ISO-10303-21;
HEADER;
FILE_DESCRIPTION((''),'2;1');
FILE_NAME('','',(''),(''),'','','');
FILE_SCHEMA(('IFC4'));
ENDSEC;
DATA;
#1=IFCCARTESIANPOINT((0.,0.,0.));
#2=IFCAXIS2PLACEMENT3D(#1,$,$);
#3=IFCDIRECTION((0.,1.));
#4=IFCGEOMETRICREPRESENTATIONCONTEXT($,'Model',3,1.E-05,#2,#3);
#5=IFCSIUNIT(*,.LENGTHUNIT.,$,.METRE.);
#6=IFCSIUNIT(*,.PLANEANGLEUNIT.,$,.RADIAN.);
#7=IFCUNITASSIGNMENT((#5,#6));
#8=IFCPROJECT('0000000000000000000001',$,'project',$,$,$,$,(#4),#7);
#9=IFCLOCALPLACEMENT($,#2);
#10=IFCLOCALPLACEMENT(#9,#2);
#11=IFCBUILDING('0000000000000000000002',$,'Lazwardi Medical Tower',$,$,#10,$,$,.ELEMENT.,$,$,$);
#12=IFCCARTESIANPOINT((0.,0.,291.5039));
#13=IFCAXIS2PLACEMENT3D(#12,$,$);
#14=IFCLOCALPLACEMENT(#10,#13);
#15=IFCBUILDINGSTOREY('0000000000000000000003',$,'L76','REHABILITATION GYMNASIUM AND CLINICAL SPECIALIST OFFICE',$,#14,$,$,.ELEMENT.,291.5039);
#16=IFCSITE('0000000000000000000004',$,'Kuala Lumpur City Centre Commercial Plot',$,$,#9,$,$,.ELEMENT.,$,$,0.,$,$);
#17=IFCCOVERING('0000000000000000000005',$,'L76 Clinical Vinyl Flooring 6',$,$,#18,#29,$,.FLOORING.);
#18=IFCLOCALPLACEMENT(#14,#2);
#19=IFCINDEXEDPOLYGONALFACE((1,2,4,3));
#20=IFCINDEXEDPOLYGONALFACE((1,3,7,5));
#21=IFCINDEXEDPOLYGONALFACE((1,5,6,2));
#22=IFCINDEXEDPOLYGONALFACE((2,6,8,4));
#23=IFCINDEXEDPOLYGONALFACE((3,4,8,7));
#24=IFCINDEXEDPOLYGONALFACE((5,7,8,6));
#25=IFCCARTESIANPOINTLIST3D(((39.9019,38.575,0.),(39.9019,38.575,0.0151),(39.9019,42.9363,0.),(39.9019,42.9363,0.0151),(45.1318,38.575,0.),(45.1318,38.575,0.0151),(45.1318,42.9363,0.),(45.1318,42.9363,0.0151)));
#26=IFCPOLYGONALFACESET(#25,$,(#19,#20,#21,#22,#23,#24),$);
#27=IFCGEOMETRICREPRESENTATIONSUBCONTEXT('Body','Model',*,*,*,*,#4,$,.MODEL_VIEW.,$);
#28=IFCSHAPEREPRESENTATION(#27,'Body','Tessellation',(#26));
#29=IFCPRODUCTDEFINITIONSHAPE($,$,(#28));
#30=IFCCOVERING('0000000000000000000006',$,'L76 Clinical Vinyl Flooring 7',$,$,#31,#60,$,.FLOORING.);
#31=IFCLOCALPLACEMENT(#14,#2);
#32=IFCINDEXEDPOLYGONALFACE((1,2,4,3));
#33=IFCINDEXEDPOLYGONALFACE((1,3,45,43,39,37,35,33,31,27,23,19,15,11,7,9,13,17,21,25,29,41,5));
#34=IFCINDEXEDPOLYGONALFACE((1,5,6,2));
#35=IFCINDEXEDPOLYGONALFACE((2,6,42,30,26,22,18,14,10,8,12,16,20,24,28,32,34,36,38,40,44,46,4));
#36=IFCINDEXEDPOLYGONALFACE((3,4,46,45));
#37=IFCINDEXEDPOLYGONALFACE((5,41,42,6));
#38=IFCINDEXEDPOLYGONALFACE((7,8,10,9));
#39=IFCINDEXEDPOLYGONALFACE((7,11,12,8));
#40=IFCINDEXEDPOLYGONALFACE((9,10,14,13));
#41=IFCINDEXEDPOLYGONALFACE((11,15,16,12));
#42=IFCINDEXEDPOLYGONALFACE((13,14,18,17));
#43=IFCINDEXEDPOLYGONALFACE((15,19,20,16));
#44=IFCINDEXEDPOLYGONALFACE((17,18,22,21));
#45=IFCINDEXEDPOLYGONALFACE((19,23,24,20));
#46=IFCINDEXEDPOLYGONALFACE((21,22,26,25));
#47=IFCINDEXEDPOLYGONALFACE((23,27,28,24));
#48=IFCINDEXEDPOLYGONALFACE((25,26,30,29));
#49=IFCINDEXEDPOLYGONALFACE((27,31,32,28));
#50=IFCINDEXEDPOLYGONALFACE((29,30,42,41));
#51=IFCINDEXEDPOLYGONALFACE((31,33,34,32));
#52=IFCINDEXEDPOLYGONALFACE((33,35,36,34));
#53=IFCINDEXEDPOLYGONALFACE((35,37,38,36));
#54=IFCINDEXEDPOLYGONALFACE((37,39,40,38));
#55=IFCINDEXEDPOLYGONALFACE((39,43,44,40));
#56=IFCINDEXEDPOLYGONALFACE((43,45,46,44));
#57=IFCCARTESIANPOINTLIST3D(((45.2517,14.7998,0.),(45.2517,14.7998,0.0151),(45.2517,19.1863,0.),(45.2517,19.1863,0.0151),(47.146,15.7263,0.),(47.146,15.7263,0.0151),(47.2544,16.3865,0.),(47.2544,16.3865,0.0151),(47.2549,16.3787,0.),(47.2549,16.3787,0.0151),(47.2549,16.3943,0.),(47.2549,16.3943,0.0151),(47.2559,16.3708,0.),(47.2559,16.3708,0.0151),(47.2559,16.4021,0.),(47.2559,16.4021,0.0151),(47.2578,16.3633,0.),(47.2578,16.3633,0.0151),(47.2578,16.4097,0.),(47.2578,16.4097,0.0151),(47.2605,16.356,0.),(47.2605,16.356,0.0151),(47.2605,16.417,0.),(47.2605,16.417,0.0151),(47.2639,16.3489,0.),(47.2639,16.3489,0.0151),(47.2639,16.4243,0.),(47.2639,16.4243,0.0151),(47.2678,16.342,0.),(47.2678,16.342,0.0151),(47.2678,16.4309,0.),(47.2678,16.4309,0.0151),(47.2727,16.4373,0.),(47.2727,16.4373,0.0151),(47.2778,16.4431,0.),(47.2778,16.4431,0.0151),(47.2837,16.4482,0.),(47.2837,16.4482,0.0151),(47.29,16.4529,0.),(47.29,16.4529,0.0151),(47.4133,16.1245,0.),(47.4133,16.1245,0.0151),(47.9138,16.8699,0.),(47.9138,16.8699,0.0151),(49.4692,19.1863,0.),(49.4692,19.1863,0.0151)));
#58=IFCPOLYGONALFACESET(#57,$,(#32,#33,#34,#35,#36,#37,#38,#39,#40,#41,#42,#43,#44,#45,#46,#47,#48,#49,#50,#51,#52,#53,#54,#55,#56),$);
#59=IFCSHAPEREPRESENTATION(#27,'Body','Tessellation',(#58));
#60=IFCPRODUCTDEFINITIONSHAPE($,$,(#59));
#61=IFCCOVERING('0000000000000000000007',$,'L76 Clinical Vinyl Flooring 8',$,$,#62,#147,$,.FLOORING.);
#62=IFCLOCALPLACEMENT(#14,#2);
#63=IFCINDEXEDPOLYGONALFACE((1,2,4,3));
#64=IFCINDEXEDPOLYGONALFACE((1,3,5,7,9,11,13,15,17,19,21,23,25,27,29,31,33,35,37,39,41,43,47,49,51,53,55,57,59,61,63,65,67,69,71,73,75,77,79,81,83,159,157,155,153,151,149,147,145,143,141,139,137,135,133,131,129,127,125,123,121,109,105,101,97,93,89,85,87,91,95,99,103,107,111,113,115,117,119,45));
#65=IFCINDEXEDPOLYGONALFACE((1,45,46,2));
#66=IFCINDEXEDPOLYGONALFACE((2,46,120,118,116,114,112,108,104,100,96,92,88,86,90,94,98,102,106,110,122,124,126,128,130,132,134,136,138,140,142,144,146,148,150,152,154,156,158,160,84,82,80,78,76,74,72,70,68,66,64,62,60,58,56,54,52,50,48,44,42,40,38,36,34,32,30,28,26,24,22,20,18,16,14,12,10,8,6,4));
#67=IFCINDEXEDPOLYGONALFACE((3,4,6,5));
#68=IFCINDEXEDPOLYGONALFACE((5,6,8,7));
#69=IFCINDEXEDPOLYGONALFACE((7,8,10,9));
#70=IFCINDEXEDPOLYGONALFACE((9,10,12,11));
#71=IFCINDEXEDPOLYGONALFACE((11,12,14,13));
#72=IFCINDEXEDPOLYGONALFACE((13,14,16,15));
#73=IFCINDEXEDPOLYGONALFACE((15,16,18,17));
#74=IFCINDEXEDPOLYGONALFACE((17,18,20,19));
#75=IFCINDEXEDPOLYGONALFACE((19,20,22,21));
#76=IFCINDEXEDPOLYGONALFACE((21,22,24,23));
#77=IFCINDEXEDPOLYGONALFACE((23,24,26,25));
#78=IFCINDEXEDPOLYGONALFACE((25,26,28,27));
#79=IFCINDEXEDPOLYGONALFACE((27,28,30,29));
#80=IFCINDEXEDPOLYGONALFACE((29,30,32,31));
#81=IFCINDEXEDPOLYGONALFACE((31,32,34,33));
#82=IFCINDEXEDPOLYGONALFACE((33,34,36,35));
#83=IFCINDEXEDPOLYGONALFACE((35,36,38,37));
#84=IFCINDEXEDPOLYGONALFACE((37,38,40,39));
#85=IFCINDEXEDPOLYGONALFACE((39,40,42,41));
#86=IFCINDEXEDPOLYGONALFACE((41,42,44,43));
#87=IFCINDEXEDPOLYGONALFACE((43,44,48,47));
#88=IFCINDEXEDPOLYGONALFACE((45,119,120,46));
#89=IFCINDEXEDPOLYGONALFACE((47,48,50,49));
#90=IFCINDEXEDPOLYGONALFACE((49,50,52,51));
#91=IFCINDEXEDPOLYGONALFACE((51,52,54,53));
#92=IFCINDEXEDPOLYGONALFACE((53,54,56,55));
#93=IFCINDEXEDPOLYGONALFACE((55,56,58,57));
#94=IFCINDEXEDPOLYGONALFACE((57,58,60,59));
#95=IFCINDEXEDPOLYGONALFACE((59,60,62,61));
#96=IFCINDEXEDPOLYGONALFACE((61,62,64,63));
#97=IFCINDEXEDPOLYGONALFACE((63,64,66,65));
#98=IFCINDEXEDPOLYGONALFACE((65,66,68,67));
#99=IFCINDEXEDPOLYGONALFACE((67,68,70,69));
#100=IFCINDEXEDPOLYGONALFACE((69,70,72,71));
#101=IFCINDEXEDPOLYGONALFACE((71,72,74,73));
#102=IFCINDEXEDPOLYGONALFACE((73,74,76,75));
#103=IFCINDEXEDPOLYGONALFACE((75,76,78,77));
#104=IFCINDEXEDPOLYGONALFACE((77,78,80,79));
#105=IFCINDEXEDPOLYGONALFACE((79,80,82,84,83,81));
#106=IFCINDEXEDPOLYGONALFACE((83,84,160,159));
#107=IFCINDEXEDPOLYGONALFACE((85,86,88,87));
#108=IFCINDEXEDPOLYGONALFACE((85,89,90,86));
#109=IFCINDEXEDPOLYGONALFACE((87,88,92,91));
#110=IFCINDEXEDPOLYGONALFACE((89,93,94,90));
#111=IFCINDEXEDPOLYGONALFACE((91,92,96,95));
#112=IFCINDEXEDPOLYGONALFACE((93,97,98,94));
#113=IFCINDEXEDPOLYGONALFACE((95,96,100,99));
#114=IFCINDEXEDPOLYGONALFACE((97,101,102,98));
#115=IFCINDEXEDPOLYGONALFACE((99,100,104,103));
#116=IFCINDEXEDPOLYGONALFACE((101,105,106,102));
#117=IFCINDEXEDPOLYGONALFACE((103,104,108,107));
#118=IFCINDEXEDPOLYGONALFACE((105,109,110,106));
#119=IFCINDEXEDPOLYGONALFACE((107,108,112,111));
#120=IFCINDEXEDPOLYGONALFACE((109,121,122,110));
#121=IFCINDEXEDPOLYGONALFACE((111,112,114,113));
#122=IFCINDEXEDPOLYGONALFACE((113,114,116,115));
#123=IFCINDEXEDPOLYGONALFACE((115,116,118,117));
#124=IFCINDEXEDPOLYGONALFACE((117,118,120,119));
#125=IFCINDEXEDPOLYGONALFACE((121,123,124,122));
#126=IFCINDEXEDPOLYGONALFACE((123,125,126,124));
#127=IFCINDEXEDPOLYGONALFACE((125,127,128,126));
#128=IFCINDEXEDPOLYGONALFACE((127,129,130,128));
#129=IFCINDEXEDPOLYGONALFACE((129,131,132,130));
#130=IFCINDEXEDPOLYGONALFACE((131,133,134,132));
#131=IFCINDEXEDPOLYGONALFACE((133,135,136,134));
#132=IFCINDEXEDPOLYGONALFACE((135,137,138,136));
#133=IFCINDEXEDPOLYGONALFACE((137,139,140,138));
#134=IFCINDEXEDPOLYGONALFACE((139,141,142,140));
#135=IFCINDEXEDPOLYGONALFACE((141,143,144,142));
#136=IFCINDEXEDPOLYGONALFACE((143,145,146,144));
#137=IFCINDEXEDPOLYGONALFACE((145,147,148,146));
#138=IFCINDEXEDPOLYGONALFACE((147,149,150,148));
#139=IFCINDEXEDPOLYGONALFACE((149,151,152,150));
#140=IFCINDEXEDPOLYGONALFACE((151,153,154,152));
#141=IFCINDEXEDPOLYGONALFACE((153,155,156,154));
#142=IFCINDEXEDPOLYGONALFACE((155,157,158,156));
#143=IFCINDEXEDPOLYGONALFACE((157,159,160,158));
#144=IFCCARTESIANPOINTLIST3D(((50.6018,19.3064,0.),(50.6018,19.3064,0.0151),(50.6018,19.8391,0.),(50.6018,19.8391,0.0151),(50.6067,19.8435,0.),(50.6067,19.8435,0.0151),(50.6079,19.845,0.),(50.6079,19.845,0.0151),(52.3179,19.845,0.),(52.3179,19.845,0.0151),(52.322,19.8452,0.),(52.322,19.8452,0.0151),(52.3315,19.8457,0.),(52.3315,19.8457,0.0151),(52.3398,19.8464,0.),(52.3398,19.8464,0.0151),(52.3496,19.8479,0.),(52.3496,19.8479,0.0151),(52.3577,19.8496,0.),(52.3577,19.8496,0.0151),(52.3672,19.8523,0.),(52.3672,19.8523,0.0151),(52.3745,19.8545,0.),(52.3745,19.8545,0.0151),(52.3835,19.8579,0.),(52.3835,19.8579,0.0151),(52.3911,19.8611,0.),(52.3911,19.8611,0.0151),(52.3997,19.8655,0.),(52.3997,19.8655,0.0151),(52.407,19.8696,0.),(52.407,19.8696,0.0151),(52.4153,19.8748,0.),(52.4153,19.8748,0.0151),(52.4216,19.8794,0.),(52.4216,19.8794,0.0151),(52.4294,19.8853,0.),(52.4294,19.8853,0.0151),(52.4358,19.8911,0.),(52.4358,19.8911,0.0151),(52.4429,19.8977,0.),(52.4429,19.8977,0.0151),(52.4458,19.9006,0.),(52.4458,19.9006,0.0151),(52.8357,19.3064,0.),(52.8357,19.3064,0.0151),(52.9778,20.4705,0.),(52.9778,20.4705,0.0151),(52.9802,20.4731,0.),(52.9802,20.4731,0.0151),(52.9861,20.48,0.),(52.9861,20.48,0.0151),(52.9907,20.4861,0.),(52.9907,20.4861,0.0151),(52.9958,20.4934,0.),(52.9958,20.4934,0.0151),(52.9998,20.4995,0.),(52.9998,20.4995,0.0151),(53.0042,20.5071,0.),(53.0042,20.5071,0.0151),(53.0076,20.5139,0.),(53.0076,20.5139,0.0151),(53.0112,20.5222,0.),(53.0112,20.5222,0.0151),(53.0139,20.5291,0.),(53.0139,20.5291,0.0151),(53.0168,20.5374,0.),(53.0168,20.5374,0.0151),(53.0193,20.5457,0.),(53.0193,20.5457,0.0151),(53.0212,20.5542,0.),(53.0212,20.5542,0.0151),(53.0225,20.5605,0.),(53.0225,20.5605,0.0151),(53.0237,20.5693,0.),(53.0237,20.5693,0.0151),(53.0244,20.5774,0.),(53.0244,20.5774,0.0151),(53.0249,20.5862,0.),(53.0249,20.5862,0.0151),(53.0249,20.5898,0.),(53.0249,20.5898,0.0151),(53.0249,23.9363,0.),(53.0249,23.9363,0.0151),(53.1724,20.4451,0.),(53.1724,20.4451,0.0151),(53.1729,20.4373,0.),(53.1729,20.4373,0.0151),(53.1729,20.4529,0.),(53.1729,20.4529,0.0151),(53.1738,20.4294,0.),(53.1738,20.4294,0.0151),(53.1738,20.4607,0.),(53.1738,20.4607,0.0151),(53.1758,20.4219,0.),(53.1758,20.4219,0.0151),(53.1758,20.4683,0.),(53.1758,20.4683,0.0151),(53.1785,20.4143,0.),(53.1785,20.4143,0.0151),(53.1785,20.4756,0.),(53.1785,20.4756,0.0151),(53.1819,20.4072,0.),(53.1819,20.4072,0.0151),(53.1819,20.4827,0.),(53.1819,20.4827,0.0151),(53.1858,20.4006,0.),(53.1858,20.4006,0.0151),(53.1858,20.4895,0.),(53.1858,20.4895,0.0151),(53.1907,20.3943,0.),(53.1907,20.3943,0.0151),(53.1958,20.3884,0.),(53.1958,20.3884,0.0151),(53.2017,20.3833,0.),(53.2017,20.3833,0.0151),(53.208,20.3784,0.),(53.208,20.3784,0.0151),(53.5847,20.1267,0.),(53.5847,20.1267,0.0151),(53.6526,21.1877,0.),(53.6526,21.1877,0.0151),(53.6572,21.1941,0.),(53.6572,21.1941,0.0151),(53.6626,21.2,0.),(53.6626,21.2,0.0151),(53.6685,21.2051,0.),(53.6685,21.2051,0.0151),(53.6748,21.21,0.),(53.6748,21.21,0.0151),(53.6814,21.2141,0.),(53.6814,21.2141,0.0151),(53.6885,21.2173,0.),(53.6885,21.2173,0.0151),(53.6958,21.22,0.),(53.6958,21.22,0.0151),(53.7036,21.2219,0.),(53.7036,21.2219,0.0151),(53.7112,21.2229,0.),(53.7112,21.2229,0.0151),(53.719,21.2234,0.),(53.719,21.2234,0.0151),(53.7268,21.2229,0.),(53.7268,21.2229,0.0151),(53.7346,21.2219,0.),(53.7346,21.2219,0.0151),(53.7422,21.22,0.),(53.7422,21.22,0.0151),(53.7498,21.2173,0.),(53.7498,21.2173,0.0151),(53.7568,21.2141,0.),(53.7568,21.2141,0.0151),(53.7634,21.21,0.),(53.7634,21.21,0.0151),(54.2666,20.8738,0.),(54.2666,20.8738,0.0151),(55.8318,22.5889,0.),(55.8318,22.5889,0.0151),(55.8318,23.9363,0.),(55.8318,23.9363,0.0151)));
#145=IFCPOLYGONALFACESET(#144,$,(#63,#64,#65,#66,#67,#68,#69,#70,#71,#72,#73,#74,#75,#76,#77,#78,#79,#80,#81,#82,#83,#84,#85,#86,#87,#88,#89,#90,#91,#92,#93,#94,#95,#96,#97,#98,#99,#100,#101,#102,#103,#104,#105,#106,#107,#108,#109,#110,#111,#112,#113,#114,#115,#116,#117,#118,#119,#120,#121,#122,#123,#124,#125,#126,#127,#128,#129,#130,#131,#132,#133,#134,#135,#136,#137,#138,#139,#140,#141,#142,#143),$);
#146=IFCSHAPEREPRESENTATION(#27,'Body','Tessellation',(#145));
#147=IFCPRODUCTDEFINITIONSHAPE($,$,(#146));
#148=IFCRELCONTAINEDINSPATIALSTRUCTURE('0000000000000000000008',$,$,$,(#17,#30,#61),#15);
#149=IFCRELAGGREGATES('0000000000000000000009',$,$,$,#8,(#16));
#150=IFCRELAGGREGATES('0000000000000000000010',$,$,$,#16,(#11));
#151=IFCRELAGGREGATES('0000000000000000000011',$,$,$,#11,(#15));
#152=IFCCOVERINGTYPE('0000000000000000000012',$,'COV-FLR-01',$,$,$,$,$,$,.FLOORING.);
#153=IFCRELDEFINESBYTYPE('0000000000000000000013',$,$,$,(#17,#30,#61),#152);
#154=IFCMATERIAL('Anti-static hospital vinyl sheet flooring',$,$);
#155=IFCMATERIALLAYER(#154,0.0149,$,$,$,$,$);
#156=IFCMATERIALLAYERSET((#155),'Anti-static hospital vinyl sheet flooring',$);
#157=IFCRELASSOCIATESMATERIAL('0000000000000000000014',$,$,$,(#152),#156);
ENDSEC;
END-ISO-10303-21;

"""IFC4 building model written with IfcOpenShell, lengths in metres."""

from ifc_helpers import new_model, si_unit, direction, frame, origin, place, context, subcontext, project, spatial, polyline, outline, extrude, material, layer, layer_set, type_object, element, save


model = new_model("IFC4")

# Units and contexts
model_context = context("Model", 3, precision=1e-05, world=origin(), true_north=direction((0.0, 1.0)))
body_context = subcontext(model_context, "Body", "Model", "MODEL_VIEW")
ifc_project = project(units=[si_unit("LENGTHUNIT", "METRE"), si_unit("PLANEANGLEUNIT", "RADIAN")], contexts=[model_context])

# Site, building, storey
site_placement = place(None, origin())
site = spatial("IfcSite", under=ifc_project, at=site_placement, Name="Kuala Lumpur City Centre Commercial Plot", CompositionType="ELEMENT", RefElevation=0.0)
building_placement = place(site_placement, origin())
building = spatial("IfcBuilding", under=site, at=building_placement, Name="Lazwardi Medical Tower", CompositionType="ELEMENT")
storey_placement = place(building_placement, frame((0.0, 0.0, 291.5039)))
storey = spatial("IfcBuildingStorey", under=building, at=storey_placement, Name="L76", Description="REHABILITATION GYMNASIUM AND CLINICAL SPECIALIST OFFICE", CompositionType="ELEMENT", Elevation=291.5039)

# Coverings
ifc_material_1 = material(Name="Anti-static hospital vinyl sheet flooring")
ifc_layer_1 = layer(ifc_material_1, 0.0149)
ifc_layer_set_1 = layer_set([ifc_layer_1], Name="Anti-static hospital vinyl sheet flooring")
covering_type_1 = type_object("IfcCoveringType", Name="COV-FLR-01", PredefinedType="FLOORING", material=ifc_layer_set_1)
covering_1_placement = place(storey_placement, origin())
element("IfcCovering", 1, at=covering_1_placement, inside=storey, type_object=covering_type_1, Name="L76 Clinical Vinyl Flooring 6", PredefinedType="FLOORING", context=body_context, shape_type="SweptSolid", body=[
    extrude(outline(polyline([(39.9019, 38.575), (45.1318, 38.575), (45.1318, 42.9363), (39.9019, 42.9363), (39.9019, 38.575)])), origin(), (0.0, 0.0, 1.0), 0.0151),
])
covering_2_placement = place(storey_placement, origin())
element("IfcCovering", 2, at=covering_2_placement, inside=storey, type_object=covering_type_1, Name="L76 Clinical Vinyl Flooring 7", PredefinedType="FLOORING", context=body_context, shape_type="SweptSolid", body=[
    extrude(outline(polyline([(45.2517, 14.7998), (47.146, 15.7263), (47.4133, 16.1245), (47.2678, 16.342), (47.2639, 16.3489), (47.2605, 16.356), (47.2578, 16.3633), (47.2559, 16.3708), (47.2549, 16.3787), (47.2544, 16.3865), (47.2549, 16.3943), (47.2559, 16.4021), (47.2578, 16.4097), (47.2605, 16.417), (47.2639, 16.4243), (47.2678, 16.4309), (47.2727, 16.4373), (47.2778, 16.4431), (47.2837, 16.4482), (47.29, 16.4529), (47.9138, 16.8699), (49.4692, 19.1863), (45.2517, 19.1863), (45.2517, 14.7998)])), origin(), (0.0, 0.0, 1.0), 0.0151),
])
covering_3_placement = place(storey_placement, origin())
element("IfcCovering", 3, at=covering_3_placement, inside=storey, type_object=covering_type_1, Name="L76 Clinical Vinyl Flooring 8", PredefinedType="FLOORING", context=body_context, shape_type="SweptSolid", body=[
    extrude(outline(polyline([(53.0249, 23.9363), (53.0249, 20.5898), (53.0249, 20.5862), (53.0244, 20.5774), (53.0237, 20.5693), (53.0225, 20.5605), (53.0212, 20.5542), (53.0193, 20.5457), (53.0168, 20.5374), (53.0139, 20.5291), (53.0112, 20.5222), (53.0076, 20.5139), (53.0042, 20.5071), (52.9998, 20.4995), (52.9958, 20.4934), (52.9907, 20.4861), (52.9861, 20.48), (52.9802, 20.4731), (52.9778, 20.4705), (52.4458, 19.9006), (52.4429, 19.8977), (52.4358, 19.8911), (52.4294, 19.8853), (52.4216, 19.8794), (52.4153, 19.8748), (52.407, 19.8696), (52.3997, 19.8655), (52.3911, 19.8611), (52.3835, 19.8579), (52.3745, 19.8545), (52.3672, 19.8523), (52.3577, 19.8496), (52.3496, 19.8479), (52.3398, 19.8464), (52.3315, 19.8457), (52.322, 19.8452), (52.3179, 19.845), (50.6079, 19.845), (50.6067, 19.8435), (50.6018, 19.8391), (50.6018, 19.3064), (52.8357, 19.3064), (53.5847, 20.1267), (53.208, 20.3784), (53.2017, 20.3833), (53.1958, 20.3884), (53.1907, 20.3943), (53.1858, 20.4006), (53.1819, 20.4072), (53.1785, 20.4143), (53.1758, 20.4219), (53.1738, 20.4294), (53.1729, 20.4373), (53.1724, 20.4451), (53.1729, 20.4529), (53.1738, 20.4607), (53.1758, 20.4683), (53.1785, 20.4756), (53.1819, 20.4827), (53.1858, 20.4895), (53.6526, 21.1877), (53.6572, 21.1941), (53.6626, 21.2), (53.6685, 21.2051), (53.6748, 21.21), (53.6814, 21.2141), (53.6885, 21.2173), (53.6958, 21.22), (53.7036, 21.2219), (53.7112, 21.2229), (53.719, 21.2234), (53.7268, 21.2229), (53.7346, 21.2219), (53.7422, 21.22), (53.7498, 21.2173), (53.7568, 21.2141), (53.7634, 21.21), (54.2666, 20.8738), (55.8318, 22.5889), (55.8318, 23.9363), (53.0249, 23.9363)])), origin(), (0.0, 0.0, 1.0), 0.0151),
])

save(model, "model.ifc")
